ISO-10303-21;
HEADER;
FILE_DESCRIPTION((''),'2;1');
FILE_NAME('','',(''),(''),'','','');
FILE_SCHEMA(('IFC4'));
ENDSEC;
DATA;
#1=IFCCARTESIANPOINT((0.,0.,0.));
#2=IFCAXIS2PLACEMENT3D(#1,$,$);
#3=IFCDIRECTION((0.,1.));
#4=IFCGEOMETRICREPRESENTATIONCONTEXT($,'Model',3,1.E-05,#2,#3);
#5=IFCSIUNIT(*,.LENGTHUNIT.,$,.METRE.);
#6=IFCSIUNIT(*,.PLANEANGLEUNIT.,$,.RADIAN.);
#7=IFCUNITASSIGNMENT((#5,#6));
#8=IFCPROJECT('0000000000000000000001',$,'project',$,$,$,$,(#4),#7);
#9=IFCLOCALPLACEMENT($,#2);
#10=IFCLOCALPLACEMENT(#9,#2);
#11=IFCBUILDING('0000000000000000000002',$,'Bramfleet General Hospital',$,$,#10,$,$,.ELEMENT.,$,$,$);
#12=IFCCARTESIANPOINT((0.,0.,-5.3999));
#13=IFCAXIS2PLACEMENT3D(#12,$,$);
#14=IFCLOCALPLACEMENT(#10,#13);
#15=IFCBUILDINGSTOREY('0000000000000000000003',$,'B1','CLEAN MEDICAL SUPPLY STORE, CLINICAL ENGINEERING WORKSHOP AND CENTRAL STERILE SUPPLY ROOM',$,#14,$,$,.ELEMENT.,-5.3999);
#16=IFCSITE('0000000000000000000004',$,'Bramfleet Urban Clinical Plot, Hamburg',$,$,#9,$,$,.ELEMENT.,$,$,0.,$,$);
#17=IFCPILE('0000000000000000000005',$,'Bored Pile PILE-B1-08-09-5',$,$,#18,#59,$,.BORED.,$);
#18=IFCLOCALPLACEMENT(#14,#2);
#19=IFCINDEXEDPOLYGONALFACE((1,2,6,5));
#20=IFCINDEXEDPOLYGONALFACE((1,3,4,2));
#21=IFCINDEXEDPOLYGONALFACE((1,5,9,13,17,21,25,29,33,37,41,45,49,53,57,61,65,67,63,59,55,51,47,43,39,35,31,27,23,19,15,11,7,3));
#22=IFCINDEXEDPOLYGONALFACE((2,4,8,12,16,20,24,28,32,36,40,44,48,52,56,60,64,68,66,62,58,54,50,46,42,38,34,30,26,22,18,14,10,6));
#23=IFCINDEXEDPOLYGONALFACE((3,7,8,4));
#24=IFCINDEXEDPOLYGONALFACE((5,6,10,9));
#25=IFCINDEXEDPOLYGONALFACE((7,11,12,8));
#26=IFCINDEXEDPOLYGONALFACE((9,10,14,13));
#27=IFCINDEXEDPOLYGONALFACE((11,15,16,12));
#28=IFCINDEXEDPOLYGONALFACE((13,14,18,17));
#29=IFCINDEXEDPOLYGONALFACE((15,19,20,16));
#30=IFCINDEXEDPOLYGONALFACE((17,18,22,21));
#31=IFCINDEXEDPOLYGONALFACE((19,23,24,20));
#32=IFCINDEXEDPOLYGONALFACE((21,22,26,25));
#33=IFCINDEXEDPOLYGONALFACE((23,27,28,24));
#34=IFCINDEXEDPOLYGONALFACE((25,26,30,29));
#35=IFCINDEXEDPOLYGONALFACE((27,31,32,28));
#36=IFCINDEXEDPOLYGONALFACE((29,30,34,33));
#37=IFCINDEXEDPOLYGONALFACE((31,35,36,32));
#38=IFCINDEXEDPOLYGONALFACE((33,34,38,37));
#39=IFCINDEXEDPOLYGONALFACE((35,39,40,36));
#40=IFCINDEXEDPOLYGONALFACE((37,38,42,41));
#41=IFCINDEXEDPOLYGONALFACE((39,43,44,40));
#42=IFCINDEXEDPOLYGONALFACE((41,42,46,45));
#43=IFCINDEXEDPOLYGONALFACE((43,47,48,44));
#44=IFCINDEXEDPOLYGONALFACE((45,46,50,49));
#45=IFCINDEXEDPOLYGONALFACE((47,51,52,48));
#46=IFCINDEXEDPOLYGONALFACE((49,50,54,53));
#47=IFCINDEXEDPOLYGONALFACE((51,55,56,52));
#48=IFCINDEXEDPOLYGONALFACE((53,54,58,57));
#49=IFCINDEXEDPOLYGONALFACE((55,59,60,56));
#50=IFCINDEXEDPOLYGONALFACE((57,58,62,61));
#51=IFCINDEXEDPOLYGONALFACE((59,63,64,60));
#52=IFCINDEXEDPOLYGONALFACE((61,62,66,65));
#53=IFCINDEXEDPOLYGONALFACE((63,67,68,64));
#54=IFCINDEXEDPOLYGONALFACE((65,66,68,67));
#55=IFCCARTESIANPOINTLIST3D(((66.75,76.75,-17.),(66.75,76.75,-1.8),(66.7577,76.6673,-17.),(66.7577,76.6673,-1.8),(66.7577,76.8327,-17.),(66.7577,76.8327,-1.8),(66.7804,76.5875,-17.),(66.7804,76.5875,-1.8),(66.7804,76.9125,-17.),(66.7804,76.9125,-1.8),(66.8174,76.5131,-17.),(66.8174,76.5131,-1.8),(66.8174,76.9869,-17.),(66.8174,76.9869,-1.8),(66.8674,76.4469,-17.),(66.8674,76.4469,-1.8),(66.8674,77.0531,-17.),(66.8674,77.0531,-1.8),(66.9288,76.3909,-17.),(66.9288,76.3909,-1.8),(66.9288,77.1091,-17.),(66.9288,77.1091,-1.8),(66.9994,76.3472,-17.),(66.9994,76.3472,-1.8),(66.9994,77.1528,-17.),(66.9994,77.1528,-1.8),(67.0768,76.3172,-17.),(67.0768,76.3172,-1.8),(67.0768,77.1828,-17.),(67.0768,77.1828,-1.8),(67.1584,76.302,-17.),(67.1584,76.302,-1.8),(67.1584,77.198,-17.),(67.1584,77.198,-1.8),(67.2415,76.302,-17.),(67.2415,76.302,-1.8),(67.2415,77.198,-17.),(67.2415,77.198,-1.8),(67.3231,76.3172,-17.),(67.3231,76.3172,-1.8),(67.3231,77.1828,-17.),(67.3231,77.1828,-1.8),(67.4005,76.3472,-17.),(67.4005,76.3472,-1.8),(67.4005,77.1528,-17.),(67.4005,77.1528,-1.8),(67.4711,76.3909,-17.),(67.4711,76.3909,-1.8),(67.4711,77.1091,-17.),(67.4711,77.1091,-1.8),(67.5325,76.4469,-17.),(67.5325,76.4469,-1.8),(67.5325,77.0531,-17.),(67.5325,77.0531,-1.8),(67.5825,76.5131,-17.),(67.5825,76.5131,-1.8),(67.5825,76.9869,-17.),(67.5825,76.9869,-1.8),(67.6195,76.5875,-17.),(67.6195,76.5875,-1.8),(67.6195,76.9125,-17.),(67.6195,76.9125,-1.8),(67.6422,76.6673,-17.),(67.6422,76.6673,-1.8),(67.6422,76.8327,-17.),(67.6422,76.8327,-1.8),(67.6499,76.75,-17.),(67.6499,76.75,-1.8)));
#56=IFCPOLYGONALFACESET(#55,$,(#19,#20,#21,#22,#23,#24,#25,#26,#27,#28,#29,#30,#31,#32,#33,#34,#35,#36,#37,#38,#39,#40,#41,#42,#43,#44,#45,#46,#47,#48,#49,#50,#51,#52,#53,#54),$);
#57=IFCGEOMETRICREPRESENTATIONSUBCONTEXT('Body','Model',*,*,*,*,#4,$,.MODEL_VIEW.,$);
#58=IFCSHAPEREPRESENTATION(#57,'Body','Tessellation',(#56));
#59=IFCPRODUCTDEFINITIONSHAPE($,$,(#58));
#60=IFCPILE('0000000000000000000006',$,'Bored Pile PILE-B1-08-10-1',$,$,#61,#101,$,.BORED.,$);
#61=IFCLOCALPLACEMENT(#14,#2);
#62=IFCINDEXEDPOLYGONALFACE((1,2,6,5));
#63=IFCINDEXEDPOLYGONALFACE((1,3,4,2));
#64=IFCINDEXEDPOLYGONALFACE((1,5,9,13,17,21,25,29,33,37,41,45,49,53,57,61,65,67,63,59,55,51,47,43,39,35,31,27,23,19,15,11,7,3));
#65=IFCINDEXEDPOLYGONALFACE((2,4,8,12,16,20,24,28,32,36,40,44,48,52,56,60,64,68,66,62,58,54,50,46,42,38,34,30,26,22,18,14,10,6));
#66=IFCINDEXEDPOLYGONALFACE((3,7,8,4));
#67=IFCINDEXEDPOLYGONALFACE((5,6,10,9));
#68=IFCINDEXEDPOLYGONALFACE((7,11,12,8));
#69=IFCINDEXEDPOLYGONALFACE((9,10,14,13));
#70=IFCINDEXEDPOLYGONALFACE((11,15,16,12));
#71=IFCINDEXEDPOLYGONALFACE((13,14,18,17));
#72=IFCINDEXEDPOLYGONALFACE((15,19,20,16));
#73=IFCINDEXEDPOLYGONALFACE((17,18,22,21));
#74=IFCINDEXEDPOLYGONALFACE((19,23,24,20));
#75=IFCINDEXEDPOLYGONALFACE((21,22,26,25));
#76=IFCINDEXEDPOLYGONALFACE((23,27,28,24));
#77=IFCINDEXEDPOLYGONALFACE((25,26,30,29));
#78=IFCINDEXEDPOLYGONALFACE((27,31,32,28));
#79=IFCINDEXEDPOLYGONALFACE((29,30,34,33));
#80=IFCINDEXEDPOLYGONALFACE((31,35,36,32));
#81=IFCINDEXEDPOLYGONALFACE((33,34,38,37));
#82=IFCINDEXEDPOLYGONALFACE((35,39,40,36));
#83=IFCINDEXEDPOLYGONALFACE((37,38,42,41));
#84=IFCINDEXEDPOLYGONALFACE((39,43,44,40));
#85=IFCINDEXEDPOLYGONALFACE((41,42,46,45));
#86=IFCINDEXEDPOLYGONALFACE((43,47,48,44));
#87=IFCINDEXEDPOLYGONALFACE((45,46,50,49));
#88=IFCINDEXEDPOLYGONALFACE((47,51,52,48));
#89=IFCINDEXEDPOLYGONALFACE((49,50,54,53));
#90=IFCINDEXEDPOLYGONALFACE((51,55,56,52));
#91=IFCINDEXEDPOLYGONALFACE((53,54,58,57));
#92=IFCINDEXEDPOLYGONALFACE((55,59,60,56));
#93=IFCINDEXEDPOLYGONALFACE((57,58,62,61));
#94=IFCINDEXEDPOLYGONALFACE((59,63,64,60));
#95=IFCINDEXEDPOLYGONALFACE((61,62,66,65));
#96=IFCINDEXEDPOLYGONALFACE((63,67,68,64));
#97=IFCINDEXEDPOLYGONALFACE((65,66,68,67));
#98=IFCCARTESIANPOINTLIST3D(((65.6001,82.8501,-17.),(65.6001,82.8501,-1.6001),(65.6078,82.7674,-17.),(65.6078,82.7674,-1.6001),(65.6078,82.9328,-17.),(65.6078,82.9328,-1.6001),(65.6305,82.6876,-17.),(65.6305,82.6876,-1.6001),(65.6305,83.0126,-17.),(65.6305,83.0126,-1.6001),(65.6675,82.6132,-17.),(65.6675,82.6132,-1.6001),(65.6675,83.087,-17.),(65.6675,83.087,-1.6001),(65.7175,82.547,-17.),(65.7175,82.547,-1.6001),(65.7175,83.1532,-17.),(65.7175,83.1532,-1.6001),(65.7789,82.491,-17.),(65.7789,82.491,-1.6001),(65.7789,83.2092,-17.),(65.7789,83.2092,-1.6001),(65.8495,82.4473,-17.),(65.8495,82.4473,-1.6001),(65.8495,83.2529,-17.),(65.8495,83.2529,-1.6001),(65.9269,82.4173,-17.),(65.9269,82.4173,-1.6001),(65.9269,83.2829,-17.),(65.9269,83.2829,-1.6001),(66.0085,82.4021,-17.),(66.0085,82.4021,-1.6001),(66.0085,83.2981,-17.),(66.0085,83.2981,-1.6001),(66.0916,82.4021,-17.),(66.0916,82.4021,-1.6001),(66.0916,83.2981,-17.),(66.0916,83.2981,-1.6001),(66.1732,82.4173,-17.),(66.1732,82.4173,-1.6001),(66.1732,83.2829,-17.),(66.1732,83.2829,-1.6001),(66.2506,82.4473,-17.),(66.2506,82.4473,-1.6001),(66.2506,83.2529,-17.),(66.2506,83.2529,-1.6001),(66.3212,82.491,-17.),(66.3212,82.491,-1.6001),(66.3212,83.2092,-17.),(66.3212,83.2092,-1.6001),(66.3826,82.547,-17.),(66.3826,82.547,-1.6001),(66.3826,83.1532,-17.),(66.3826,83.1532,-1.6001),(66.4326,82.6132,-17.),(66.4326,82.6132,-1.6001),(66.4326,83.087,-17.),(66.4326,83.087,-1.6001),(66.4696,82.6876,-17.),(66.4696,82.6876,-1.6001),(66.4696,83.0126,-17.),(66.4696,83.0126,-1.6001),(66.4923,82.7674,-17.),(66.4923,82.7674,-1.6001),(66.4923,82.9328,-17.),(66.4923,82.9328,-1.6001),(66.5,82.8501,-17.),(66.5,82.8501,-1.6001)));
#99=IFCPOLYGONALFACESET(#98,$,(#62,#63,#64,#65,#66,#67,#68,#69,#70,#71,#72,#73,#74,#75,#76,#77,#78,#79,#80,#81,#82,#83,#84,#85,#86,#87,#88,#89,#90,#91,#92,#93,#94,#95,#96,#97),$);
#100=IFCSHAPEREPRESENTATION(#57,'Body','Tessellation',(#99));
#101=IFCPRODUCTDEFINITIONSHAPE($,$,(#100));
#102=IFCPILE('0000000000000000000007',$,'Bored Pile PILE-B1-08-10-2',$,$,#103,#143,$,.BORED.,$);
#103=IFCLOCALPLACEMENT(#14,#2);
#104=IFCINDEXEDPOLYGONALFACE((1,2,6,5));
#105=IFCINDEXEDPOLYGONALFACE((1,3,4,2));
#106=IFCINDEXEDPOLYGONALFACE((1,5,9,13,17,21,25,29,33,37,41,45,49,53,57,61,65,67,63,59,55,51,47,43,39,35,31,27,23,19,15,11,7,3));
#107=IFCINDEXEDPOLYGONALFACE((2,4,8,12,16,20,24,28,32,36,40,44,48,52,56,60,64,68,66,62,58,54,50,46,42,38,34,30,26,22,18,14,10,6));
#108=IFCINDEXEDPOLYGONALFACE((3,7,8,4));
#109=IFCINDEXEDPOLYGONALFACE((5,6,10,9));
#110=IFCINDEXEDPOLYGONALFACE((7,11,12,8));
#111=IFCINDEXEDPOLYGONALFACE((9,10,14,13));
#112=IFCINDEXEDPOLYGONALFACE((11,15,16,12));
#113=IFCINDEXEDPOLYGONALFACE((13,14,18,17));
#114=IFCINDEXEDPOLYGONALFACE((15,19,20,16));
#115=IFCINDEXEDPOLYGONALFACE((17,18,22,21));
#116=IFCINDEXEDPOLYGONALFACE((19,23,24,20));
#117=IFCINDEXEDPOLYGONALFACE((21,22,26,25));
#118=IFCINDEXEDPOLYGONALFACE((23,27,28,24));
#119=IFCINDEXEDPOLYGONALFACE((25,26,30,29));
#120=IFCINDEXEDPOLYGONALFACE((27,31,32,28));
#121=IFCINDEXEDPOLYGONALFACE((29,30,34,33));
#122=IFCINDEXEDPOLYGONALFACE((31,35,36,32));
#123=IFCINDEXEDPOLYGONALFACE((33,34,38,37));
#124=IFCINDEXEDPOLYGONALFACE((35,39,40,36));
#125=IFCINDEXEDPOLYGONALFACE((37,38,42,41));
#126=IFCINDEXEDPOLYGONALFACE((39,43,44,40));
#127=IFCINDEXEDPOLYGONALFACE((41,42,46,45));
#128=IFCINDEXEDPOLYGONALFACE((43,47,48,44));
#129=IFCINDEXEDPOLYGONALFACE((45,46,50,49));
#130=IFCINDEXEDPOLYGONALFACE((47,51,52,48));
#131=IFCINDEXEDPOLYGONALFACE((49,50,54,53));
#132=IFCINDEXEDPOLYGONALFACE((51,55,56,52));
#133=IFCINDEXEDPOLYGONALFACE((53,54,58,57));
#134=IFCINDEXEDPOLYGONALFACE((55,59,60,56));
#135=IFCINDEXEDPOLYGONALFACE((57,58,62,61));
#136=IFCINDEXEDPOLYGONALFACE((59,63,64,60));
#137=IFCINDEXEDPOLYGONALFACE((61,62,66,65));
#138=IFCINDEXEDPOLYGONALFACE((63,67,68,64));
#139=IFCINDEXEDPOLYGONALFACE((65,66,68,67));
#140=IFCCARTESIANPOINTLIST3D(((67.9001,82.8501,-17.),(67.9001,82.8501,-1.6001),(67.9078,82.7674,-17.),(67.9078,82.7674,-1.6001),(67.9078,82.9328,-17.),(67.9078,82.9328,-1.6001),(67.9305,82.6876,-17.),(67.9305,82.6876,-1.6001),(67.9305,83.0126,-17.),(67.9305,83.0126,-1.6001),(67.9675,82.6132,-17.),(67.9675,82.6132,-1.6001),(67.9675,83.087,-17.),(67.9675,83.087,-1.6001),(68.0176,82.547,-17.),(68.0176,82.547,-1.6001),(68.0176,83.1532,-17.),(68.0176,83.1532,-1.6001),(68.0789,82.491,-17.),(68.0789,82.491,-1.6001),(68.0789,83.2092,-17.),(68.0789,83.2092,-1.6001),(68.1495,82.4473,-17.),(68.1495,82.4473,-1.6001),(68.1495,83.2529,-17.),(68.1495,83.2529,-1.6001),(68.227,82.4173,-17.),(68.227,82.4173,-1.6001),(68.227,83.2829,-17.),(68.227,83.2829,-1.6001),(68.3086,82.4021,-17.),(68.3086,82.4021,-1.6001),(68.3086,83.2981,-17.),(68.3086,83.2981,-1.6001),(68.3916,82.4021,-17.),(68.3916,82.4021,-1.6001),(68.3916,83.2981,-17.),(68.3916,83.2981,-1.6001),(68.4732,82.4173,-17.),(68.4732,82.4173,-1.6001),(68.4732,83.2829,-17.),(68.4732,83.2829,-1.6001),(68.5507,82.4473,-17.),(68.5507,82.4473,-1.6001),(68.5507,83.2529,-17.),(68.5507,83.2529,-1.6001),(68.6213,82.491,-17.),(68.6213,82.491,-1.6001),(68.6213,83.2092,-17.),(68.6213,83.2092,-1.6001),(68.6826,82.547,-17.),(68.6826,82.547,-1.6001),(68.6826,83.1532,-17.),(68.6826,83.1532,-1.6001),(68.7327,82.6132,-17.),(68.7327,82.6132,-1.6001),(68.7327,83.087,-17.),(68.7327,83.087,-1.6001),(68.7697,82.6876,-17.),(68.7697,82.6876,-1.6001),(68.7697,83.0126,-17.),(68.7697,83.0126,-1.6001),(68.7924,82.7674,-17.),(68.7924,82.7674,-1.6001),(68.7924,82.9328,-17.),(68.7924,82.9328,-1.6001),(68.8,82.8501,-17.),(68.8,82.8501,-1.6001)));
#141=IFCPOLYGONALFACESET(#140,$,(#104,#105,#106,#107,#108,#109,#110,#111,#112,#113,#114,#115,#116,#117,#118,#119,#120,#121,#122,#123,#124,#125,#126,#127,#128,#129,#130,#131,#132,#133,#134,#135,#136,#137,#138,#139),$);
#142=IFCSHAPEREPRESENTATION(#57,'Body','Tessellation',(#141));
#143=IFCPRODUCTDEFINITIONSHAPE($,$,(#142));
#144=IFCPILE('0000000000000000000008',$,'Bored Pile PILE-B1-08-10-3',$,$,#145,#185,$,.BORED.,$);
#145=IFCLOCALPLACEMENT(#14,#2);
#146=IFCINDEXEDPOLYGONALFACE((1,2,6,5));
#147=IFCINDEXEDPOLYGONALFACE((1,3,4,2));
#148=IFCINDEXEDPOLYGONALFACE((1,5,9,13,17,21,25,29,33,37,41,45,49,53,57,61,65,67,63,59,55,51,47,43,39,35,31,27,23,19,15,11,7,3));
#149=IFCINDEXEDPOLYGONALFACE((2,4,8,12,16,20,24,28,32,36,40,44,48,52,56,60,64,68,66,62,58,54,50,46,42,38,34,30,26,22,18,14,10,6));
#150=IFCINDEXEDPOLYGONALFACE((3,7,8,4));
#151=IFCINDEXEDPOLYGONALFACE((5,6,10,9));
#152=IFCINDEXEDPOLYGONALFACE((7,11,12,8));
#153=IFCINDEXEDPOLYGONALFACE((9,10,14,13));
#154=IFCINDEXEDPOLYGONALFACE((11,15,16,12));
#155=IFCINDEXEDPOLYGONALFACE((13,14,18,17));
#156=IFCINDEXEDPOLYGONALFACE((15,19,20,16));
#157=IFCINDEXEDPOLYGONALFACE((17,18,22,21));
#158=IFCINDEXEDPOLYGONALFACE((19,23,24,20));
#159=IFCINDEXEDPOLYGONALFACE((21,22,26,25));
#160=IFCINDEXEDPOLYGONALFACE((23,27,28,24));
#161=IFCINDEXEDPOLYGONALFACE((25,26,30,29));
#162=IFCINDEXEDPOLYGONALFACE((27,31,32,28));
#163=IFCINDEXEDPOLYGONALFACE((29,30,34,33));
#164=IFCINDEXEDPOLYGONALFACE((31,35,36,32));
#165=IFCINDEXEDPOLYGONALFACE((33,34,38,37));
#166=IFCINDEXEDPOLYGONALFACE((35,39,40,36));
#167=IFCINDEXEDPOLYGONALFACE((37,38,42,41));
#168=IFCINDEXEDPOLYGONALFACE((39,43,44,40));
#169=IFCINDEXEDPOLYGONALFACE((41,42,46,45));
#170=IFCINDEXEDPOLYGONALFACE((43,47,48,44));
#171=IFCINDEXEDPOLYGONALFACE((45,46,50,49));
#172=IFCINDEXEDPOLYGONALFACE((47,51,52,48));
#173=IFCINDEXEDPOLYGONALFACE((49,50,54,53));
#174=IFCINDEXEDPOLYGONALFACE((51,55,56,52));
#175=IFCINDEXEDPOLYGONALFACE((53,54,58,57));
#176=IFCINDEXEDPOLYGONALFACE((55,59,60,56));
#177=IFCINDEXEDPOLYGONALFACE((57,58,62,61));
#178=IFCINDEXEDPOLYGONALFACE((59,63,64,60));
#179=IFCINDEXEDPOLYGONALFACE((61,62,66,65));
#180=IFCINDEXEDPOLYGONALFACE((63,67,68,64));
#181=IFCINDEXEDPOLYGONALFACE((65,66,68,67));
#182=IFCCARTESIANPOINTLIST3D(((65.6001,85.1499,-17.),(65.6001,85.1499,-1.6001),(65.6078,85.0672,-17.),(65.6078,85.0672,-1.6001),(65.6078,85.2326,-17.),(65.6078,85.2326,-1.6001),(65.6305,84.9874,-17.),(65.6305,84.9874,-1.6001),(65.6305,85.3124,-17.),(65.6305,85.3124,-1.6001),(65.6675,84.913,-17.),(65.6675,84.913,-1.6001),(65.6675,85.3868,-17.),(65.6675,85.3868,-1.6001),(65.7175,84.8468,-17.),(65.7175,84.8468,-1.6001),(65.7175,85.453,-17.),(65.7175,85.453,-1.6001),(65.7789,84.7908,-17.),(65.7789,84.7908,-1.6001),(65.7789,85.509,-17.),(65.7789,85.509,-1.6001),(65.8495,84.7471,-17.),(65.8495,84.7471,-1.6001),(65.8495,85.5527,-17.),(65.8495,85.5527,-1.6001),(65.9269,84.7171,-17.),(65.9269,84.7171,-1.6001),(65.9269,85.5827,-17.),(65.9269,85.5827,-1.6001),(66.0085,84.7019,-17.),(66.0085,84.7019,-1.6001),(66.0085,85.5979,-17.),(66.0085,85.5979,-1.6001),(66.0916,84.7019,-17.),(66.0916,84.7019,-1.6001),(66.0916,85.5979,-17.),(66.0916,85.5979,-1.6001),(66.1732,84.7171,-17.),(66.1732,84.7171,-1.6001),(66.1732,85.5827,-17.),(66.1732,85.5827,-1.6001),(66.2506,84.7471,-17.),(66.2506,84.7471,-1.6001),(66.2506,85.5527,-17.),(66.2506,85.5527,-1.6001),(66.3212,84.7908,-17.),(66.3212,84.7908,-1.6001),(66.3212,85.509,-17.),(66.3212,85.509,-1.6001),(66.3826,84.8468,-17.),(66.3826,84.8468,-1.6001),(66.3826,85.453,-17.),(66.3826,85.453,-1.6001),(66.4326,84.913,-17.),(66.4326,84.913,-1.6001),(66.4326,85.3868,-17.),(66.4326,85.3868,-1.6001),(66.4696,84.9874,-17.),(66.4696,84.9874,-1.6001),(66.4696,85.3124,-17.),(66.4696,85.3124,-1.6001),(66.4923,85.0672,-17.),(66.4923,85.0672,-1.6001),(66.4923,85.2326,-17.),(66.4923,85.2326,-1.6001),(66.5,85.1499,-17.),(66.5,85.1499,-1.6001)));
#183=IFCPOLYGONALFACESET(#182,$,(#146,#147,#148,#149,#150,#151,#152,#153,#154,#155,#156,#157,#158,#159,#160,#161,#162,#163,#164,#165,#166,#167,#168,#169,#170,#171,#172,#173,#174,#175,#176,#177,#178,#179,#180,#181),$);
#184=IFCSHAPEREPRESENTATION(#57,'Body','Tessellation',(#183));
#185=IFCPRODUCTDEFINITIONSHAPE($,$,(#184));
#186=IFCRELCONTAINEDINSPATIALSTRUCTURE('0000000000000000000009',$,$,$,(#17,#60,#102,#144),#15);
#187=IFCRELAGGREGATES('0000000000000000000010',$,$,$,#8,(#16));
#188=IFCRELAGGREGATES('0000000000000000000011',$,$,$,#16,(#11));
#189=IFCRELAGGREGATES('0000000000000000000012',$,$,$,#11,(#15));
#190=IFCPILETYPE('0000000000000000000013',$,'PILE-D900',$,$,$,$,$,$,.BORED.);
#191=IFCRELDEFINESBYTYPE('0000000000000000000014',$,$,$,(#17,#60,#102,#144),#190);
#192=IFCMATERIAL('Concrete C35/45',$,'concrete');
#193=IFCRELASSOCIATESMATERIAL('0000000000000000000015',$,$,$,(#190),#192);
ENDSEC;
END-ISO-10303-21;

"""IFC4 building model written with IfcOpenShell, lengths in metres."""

from ifc_helpers import new_model, si_unit, direction, frame, origin, origin_2d, place, context, subcontext, project, spatial, circle, extrude, material, material_profile, profile_set, type_object, element, save


model = new_model("IFC4")

# Units and contexts
model_context = context("Model", 3, precision=1e-05, world=origin(), true_north=direction((0.0, 1.0)))
body_context = subcontext(model_context, "Body", "Model", "MODEL_VIEW")
ifc_project = project(units=[si_unit("LENGTHUNIT", "METRE"), si_unit("PLANEANGLEUNIT", "RADIAN")], contexts=[model_context])

# Site, building, storey
site_placement = place(None, origin())
site = spatial("IfcSite", under=ifc_project, at=site_placement, Name="Bramfleet Urban Clinical Plot, Hamburg", CompositionType="ELEMENT", RefElevation=0.0)
building_placement = place(site_placement, origin())
building = spatial("IfcBuilding", under=site, at=building_placement, Name="Bramfleet General Hospital", CompositionType="ELEMENT")
storey_placement = place(building_placement, frame((0.0, 0.0, -5.3999)))
storey = spatial("IfcBuildingStorey", under=building, at=storey_placement, Name="B1", Description="CLEAN MEDICAL SUPPLY STORE, CLINICAL ENGINEERING WORKSHOP AND CENTRAL STERILE SUPPLY ROOM", CompositionType="ELEMENT", Elevation=-5.3999)

# Shared definitions
ifc_material_1 = material(Name="Concrete C35/45", Category="concrete")

# Piles
ifc_material_profile_1 = material_profile(ifc_material_1, circle(Radius=0.45, at=origin_2d()), Name="PILE BORED D900")
ifc_profile_set_1 = profile_set([ifc_material_profile_1], Name="Concrete C35/45")
pile_type = type_object("IfcPileType", Name="PILE-D900", PredefinedType="BORED", material=ifc_profile_set_1)
for number, where, z_axis, x_axis, name in (
    (1, (67.2, 76.75, -1.8), (0.0, 0.0, -1.0), (1.0, 0.0, 0.0), "Bored Pile PILE-B1-08-09-5"),
):
    element("IfcPile", number, at=place(storey_placement, frame(where, z_axis=z_axis, x_axis=x_axis)), inside=storey, type_object=pile_type, Name=name, PredefinedType="BORED", context=body_context, shape_type="SweptSolid", body=[
        extrude(circle(Radius=0.45, at=origin_2d()), origin(), (0.0, 0.0, 1.0), 15.2),
    ])
for number, where, z_axis, x_axis, name in (
    (2, (66.05, 82.8501, -1.6001), (0.0, 0.0, -1.0), (1.0, 0.0, 0.0), "Bored Pile PILE-B1-08-10-1"),
    (3, (68.3501, 82.8501, -1.6001), (0.0, 0.0, -1.0), (1.0, 0.0, 0.0), "Bored Pile PILE-B1-08-10-2"),
    (4, (66.05, 85.1499, -1.6001), (0.0, 0.0, -1.0), (1.0, 0.0, 0.0), "Bored Pile PILE-B1-08-10-3"),
):
    element("IfcPile", number, at=place(storey_placement, frame(where, z_axis=z_axis, x_axis=x_axis)), inside=storey, type_object=pile_type, Name=name, PredefinedType="BORED", context=body_context, shape_type="SweptSolid", body=[
        extrude(circle(Radius=0.45, at=origin_2d()), origin(), (0.0, 0.0, 1.0), 15.3999),
    ])

save(model, "model.ifc")
